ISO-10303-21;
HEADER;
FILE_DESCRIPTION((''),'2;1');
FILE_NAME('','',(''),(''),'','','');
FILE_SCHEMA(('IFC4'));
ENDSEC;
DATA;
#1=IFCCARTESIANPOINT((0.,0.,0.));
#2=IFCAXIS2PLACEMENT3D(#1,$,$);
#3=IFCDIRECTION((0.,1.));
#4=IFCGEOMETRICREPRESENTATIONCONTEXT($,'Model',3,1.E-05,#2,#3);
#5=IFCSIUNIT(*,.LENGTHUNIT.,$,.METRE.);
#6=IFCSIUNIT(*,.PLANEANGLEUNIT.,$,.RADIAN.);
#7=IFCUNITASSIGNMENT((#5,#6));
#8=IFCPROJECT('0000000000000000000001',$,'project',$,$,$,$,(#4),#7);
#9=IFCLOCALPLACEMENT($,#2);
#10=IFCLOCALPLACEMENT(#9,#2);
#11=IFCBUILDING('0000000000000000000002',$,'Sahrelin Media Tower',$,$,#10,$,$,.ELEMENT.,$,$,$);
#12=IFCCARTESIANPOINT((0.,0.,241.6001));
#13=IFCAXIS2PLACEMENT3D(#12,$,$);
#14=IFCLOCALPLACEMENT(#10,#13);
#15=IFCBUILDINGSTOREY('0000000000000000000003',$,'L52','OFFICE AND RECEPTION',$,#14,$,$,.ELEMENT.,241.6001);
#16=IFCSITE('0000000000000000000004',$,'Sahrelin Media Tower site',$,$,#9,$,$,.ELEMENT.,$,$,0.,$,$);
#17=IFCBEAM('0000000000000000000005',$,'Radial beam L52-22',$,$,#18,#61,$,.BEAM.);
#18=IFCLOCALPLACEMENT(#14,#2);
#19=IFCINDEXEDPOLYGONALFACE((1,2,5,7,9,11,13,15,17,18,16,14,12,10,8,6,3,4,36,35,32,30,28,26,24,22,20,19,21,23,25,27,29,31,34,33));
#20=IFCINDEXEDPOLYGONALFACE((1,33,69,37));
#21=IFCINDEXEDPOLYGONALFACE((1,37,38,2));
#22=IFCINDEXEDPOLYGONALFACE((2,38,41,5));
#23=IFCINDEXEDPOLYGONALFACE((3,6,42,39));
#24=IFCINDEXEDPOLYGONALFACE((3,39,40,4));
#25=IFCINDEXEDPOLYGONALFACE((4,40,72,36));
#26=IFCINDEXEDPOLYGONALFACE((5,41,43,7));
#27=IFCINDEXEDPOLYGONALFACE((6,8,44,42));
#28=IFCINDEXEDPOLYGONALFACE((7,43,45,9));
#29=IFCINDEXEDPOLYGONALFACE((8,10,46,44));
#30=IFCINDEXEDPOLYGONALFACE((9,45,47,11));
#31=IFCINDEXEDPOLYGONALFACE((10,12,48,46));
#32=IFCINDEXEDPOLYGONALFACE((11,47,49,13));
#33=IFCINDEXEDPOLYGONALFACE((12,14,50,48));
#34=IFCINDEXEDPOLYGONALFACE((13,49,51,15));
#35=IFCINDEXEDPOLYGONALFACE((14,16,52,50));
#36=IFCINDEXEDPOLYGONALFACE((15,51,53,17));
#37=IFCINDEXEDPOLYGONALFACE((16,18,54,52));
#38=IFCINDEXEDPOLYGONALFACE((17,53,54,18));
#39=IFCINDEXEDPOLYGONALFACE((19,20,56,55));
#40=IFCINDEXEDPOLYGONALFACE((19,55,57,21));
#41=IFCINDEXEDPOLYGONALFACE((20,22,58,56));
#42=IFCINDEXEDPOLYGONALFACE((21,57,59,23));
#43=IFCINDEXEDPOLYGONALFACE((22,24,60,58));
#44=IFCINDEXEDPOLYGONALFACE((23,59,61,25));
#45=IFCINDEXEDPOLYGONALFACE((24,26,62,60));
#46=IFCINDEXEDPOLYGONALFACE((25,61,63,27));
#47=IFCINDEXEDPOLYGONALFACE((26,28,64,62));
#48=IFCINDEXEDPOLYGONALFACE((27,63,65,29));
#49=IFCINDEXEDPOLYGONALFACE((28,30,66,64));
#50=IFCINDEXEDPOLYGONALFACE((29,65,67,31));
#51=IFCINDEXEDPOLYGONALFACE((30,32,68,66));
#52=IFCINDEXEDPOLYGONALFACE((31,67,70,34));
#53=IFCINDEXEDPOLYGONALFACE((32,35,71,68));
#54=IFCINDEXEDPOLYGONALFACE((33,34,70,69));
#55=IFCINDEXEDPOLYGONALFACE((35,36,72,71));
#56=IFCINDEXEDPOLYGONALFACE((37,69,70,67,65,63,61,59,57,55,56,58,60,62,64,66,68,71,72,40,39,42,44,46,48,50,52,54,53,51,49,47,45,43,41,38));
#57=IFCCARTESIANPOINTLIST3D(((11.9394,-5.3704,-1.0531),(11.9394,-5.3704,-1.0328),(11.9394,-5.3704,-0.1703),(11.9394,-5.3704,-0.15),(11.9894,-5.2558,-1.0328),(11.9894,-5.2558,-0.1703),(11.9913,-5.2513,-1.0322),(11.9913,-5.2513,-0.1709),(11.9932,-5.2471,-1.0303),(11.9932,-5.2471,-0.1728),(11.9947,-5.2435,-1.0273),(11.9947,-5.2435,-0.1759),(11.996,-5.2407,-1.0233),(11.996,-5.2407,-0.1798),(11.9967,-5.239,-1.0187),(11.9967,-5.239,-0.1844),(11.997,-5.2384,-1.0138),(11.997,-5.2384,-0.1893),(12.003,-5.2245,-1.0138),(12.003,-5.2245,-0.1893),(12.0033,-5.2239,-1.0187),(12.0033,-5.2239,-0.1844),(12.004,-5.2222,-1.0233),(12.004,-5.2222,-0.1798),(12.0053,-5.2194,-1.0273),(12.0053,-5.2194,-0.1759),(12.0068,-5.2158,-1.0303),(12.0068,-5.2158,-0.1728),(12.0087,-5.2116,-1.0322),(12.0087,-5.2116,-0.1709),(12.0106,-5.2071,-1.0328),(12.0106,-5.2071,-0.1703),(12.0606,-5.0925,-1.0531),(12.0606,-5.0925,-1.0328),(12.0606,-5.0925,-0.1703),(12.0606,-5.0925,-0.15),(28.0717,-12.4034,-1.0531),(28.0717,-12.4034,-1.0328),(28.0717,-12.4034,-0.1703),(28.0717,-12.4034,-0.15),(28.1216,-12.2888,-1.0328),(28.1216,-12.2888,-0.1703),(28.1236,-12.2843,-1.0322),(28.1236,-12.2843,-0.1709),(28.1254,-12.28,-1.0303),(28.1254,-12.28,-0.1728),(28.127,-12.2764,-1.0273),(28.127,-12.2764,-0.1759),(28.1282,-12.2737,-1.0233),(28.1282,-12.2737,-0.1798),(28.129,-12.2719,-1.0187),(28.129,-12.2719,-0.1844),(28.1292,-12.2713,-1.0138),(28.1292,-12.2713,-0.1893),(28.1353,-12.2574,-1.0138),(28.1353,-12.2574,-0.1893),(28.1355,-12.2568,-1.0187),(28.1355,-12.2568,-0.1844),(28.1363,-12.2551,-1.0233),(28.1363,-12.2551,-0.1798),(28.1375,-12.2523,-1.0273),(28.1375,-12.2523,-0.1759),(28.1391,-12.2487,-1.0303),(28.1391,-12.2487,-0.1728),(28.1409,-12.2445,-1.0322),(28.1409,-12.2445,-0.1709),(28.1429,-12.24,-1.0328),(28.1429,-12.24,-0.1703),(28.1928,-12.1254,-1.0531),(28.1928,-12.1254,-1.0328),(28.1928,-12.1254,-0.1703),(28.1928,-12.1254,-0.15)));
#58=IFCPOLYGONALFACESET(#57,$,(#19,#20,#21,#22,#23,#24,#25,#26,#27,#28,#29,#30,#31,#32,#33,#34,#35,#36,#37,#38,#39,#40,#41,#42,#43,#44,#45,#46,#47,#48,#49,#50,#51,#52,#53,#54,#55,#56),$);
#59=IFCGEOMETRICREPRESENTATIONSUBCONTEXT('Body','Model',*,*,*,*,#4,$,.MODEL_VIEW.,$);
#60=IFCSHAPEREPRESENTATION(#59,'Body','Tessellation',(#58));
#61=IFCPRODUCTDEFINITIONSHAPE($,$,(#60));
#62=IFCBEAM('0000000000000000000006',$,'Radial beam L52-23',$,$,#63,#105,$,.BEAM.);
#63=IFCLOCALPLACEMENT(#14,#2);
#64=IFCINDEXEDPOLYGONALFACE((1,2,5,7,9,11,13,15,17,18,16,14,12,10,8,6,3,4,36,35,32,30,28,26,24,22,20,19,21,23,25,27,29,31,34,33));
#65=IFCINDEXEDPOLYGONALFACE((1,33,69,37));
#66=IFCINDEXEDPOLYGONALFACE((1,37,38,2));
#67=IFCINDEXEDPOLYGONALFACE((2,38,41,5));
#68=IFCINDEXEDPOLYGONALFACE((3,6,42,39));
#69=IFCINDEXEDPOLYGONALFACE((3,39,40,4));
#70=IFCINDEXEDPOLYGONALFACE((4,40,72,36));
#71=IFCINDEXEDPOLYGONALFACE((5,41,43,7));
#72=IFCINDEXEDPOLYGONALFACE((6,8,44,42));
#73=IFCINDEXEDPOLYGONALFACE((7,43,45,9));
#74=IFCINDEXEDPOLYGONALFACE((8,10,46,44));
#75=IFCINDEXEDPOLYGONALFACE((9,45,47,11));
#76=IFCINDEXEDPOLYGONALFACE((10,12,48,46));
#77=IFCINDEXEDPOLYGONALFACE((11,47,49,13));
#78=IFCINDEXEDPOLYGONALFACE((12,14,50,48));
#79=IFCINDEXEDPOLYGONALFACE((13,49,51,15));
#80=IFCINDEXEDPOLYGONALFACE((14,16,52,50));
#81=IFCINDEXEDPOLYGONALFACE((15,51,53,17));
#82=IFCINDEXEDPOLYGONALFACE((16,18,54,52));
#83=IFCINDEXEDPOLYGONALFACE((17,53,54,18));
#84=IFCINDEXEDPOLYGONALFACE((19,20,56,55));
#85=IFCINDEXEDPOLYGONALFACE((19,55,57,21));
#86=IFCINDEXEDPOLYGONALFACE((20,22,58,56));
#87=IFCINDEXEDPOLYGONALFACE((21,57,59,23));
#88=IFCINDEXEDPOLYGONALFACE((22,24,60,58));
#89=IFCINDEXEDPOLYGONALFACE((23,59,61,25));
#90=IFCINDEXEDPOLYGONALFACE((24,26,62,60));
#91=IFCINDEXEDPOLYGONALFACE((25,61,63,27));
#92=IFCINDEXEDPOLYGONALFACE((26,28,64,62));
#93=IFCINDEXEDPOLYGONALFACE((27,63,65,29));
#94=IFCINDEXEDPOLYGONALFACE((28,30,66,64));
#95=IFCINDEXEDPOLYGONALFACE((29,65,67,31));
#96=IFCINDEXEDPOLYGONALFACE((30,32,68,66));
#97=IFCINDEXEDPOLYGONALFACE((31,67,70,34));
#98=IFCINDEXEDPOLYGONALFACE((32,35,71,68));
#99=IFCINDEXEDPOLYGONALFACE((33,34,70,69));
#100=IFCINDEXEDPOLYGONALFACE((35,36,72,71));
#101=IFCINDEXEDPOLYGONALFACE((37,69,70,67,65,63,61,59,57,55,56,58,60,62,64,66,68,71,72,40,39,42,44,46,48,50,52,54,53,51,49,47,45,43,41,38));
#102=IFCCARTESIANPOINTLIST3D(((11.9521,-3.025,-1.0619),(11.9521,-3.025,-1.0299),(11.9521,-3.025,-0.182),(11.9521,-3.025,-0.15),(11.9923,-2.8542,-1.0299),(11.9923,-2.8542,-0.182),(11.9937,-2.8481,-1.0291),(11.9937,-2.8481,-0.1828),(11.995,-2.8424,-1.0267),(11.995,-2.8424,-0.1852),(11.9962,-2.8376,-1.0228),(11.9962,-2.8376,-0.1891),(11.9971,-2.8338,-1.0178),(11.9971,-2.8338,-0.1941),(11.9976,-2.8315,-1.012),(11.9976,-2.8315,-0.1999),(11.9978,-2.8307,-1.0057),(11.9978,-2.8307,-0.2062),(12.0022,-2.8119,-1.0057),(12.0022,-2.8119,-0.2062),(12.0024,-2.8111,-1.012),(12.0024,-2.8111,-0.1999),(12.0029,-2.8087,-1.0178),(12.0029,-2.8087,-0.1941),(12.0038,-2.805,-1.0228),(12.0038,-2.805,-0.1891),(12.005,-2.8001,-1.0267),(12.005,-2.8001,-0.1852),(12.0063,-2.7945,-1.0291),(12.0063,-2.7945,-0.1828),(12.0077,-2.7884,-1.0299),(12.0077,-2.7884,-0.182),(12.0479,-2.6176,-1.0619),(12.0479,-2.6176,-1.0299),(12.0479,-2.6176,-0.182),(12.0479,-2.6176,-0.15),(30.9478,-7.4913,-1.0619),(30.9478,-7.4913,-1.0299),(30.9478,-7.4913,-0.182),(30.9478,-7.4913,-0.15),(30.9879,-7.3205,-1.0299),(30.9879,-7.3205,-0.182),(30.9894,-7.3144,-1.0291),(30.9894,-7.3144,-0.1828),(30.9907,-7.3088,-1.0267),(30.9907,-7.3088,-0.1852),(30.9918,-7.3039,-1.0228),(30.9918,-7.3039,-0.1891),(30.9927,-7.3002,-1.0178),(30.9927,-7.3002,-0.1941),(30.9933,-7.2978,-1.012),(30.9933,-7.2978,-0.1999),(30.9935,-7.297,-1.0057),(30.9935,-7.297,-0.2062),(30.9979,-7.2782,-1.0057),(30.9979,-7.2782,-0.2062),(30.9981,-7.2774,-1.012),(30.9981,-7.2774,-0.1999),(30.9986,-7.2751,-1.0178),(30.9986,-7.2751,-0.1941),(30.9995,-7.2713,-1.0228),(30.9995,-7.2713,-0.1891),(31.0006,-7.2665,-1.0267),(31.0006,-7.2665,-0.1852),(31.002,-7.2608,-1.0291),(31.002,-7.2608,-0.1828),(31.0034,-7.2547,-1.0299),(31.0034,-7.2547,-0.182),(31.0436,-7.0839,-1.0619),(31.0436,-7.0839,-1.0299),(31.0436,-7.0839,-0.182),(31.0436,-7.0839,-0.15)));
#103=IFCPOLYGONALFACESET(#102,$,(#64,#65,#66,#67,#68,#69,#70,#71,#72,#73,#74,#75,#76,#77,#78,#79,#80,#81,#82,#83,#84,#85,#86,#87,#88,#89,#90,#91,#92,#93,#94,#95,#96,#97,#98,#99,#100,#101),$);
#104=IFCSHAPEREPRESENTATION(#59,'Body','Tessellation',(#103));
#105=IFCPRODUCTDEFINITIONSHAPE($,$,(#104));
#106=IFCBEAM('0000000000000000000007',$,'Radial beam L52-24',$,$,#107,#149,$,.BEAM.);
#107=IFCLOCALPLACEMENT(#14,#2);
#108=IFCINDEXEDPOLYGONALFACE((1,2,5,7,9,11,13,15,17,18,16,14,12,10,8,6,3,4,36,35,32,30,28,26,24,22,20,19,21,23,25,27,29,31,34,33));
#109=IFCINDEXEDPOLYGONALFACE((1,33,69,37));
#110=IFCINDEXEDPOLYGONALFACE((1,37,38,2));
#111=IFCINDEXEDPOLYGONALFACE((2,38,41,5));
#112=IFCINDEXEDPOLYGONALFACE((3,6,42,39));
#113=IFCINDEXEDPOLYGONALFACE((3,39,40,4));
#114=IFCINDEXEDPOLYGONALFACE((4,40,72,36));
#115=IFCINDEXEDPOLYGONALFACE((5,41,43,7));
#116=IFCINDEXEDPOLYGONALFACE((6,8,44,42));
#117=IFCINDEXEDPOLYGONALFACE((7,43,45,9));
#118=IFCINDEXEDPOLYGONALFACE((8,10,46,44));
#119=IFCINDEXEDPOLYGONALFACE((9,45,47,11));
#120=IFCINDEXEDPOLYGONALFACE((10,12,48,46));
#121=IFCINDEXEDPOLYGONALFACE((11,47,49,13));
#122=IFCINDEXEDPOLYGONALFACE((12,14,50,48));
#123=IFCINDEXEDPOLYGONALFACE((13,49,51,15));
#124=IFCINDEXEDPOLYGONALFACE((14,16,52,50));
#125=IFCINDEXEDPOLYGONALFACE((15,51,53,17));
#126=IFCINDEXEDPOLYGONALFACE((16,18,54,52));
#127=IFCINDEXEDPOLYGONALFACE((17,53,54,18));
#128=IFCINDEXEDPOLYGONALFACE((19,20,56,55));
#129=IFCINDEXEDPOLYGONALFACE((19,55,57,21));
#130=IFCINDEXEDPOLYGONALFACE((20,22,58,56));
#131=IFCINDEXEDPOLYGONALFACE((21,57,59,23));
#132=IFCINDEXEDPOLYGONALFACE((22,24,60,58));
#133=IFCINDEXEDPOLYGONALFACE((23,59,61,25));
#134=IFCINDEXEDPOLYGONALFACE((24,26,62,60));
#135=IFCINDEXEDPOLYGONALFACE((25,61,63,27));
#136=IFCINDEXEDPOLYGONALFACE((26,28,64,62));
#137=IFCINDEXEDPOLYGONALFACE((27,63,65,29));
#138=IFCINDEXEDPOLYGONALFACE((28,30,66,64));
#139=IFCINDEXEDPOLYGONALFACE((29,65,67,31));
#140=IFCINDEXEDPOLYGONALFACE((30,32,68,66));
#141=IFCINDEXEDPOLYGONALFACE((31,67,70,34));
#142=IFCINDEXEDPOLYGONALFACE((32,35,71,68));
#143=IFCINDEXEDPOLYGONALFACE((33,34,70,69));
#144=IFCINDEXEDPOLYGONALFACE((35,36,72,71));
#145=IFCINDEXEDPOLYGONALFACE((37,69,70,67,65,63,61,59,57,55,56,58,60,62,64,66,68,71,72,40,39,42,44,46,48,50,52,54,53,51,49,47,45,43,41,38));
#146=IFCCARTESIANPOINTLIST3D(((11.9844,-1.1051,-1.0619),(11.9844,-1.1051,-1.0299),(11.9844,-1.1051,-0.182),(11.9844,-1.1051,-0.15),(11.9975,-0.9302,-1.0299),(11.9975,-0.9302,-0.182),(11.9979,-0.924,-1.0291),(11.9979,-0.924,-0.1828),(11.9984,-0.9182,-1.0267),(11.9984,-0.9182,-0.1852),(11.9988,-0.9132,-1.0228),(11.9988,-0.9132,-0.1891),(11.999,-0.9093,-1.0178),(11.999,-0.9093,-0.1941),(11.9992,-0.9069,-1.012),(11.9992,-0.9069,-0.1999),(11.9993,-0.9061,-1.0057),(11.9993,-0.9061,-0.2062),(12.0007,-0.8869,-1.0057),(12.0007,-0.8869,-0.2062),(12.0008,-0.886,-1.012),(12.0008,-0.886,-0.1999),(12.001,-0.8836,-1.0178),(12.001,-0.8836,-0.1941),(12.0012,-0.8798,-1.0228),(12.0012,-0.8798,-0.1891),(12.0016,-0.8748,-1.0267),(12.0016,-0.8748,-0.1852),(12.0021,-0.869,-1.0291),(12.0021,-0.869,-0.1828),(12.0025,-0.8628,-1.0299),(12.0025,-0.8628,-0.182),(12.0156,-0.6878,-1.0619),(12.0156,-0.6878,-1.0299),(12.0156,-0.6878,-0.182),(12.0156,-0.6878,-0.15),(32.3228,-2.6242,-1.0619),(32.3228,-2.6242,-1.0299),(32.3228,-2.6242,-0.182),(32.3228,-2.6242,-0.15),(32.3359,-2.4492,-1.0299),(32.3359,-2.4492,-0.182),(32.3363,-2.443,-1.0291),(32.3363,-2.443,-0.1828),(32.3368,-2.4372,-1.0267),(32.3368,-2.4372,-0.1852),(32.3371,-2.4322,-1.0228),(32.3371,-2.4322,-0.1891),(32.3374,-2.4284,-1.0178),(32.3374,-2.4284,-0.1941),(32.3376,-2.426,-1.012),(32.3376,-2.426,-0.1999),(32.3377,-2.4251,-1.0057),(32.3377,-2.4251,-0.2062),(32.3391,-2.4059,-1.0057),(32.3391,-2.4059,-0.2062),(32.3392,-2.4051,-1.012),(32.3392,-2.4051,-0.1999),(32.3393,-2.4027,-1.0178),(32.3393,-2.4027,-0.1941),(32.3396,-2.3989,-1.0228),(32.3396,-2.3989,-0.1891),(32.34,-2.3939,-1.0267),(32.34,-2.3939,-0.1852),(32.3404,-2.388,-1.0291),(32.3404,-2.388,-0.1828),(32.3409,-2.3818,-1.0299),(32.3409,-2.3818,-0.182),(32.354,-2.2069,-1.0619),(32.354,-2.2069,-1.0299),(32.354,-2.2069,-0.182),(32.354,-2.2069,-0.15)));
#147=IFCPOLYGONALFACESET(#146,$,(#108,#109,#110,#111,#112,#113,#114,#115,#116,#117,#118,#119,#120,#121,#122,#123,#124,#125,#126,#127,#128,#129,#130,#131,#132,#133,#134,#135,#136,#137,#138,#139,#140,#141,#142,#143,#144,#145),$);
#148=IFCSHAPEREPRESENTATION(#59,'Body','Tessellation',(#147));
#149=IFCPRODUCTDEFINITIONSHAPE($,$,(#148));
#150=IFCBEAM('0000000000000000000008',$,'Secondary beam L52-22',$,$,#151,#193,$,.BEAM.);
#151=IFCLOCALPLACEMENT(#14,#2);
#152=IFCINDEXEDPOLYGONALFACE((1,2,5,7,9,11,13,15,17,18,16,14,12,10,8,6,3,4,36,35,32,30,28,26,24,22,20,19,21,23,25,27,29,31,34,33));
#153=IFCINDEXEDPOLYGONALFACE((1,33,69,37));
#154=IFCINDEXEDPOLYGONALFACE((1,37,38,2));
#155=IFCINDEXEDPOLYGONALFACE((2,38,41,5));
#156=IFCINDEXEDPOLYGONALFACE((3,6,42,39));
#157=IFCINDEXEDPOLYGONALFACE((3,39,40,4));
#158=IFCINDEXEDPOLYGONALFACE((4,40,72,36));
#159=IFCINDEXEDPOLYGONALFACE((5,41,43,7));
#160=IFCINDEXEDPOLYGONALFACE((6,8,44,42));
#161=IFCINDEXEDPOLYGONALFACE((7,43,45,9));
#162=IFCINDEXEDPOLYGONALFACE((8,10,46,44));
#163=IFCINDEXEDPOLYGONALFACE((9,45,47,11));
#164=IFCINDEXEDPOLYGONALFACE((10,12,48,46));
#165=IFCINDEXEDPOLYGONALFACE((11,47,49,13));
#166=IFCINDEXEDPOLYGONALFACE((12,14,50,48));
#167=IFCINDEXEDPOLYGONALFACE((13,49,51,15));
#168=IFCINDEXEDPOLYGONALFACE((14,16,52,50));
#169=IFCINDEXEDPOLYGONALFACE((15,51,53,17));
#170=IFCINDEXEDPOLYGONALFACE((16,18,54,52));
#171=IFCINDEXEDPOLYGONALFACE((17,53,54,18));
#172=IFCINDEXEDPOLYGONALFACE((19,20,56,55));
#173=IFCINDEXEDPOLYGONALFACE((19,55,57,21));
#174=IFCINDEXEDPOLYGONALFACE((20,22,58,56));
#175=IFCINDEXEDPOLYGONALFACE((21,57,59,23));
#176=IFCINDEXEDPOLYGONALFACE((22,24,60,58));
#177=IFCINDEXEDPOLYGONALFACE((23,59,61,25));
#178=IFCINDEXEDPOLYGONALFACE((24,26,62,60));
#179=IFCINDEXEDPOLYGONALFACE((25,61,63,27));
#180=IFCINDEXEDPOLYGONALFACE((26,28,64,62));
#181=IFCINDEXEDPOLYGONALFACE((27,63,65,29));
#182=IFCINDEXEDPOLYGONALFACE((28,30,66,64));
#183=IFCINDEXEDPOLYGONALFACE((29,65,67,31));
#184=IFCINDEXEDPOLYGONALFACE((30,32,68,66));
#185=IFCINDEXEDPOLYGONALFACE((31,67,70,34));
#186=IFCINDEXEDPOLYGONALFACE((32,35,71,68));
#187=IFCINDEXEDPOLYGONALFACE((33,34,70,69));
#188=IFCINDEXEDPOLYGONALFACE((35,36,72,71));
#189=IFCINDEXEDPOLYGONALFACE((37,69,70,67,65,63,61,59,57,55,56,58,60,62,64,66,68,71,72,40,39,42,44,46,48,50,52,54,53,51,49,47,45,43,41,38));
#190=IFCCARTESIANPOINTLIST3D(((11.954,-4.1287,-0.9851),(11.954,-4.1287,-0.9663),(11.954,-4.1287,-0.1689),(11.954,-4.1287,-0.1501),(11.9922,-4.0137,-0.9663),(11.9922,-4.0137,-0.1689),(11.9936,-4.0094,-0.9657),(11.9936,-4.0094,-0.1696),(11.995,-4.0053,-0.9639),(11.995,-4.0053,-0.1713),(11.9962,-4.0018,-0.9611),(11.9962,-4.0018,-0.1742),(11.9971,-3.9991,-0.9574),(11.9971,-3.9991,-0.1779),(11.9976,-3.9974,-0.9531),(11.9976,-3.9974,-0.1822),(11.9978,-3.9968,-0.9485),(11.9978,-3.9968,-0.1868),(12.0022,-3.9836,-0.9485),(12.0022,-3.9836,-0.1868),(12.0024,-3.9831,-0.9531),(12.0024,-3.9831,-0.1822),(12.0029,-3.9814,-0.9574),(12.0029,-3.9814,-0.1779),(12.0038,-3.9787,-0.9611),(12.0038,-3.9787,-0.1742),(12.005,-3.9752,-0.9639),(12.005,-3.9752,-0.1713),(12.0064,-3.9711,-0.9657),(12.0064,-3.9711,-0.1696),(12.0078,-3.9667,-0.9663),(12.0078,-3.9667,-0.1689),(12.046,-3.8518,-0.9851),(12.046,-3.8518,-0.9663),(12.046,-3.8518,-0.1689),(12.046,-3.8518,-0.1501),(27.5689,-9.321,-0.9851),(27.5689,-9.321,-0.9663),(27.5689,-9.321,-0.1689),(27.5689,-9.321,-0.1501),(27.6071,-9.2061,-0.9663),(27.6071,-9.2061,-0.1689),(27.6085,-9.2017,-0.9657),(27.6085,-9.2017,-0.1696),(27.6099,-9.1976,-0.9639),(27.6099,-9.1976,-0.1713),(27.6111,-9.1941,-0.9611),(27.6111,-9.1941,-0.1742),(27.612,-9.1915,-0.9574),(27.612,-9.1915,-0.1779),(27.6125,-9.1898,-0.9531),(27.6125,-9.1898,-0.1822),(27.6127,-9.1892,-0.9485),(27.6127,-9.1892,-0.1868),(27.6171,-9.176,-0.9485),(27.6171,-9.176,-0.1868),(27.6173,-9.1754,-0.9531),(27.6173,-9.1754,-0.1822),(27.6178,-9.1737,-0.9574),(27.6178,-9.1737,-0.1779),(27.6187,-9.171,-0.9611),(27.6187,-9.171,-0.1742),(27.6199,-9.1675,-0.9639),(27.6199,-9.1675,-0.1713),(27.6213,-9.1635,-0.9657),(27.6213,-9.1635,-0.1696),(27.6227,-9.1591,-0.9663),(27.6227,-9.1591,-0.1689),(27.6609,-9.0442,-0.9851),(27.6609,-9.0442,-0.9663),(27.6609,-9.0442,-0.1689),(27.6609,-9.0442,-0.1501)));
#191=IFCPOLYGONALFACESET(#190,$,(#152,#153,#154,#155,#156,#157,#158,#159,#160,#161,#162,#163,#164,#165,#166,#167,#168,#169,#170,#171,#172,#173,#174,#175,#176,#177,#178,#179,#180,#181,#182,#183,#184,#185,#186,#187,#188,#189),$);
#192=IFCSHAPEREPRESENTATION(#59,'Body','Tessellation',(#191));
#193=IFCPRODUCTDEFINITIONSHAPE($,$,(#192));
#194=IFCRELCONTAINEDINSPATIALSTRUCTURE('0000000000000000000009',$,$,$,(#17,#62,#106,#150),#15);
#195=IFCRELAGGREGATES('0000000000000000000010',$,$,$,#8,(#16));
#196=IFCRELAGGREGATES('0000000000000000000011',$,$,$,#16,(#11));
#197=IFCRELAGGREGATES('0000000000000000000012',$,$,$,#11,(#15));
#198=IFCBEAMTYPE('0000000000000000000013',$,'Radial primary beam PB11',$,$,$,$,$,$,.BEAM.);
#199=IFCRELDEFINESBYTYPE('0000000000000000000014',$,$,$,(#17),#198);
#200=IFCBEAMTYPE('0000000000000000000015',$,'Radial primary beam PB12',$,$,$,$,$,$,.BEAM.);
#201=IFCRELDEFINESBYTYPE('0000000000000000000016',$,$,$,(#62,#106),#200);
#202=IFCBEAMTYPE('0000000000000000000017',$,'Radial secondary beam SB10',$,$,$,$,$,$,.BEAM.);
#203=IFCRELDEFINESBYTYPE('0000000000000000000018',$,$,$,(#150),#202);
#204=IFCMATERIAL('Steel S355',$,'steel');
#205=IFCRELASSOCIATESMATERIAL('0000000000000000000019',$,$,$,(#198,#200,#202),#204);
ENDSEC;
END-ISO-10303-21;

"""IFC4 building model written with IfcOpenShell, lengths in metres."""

from ifc_helpers import new_model, si_unit, direction, frame, origin, origin_2d, place, context, subcontext, project, spatial, i_section, extrude, material, material_profile, profile_set, type_object, element, save


model = new_model("IFC4")

# Units and contexts
model_context = context("Model", 3, precision=1e-05, world=origin(), true_north=direction((0.0, 1.0)))
body_context = subcontext(model_context, "Body", "Model", "MODEL_VIEW")
ifc_project = project(units=[si_unit("LENGTHUNIT", "METRE"), si_unit("PLANEANGLEUNIT", "RADIAN")], contexts=[model_context])

# Site, building, storey
site_placement = place(None, origin())
site = spatial("IfcSite", under=ifc_project, at=site_placement, Name="Sahrelin Media Tower site", CompositionType="ELEMENT", RefElevation=0.0)
building_placement = place(site_placement, origin())
building = spatial("IfcBuilding", under=site, at=building_placement, Name="Sahrelin Media Tower", CompositionType="ELEMENT")
storey_placement = place(building_placement, frame((0.0, 0.0, 241.6001)))
storey = spatial("IfcBuildingStorey", under=building, at=storey_placement, Name="L52", Description="OFFICE AND RECEPTION", CompositionType="ELEMENT", Elevation=241.6001)

# Beams
ifc_material_1 = material(Name="Steel S355", Category="steel")
ifc_material_profile_1 = material_profile(ifc_material_1, i_section(OverallWidth=0.3032, OverallDepth=0.9031, WebThickness=0.0151, FlangeThickness=0.0203, FilletRadius=0.019, at=origin_2d()), Name="UB 914x305x201")
ifc_profile_set_1 = profile_set([ifc_material_profile_1], Name="Steel S355")
beam_type_1 = type_object("IfcBeamType", Name="Radial primary beam PB11", PredefinedType="BEAM", material=ifc_profile_set_1)
beam_1_placement = place(storey_placement, frame((12.0, -5.2314, -0.6016), z_axis=(0.916677, -0.399629, 0.0), x_axis=(0.399629, 0.916677, 0.0)))
element("IfcBeam", 1, at=beam_1_placement, inside=storey, type_object=beam_type_1, Name="Radial beam L52-22", PredefinedType="BEAM", context=body_context, shape_type="SweptSolid", body=[
    extrude(i_section(OverallWidth=0.3032, OverallDepth=0.9031, WebThickness=0.0151, FlangeThickness=0.0203, FilletRadius=0.019, at=origin_2d()), origin(), (0.0, 0.0, 1.0), 17.5986),
])
ifc_material_profile_2 = material_profile(ifc_material_1, i_section(OverallWidth=0.4185, OverallDepth=0.9119, WebThickness=0.0193, FlangeThickness=0.032, FilletRadius=0.0242, at=origin_2d()), Name="UB 914x419x343")
ifc_profile_set_2 = profile_set([ifc_material_profile_2], Name="Steel S355")
beam_type_2 = type_object("IfcBeamType", Name="Radial primary beam PB12", PredefinedType="BEAM", material=ifc_profile_set_2)
beam_2_placement = place(storey_placement, frame((12.0, -2.8213, -0.606), z_axis=(0.973454, -0.228882, 0.0), x_axis=(0.228882, 0.973454, 0.0)))
element("IfcBeam", 2, at=beam_2_placement, inside=storey, type_object=beam_type_2, Name="Radial beam L52-23", PredefinedType="BEAM", context=body_context, shape_type="SweptSolid", body=[
    extrude(i_section(OverallWidth=0.4185, OverallDepth=0.9119, WebThickness=0.0193, FlangeThickness=0.032, FilletRadius=0.0242, at=origin_2d()), origin(), (0.0, 0.0, 1.0), 19.5137),
])
beam_3_placement = place(storey_placement, frame((12.0, -0.8965, -0.606), z_axis=(0.997222, -0.074481, 0.0), x_axis=(0.074481, 0.997222, 0.0)))
element("IfcBeam", 3, at=beam_3_placement, inside=storey, type_object=beam_type_2, Name="Radial beam L52-24", PredefinedType="BEAM", context=body_context, shape_type="SweptSolid", body=[
    extrude(i_section(OverallWidth=0.4185, OverallDepth=0.9119, WebThickness=0.0193, FlangeThickness=0.032, FilletRadius=0.0242, at=origin_2d()), origin(), (0.0, 0.0, 1.0), 20.395),
])
ifc_material_profile_3 = material_profile(ifc_material_1, i_section(OverallWidth=0.2917, OverallDepth=0.835, WebThickness=0.0139, FlangeThickness=0.0188, FilletRadius=0.0178, at=origin_2d()), Name="UB 838x292x176")
ifc_profile_set_3 = profile_set([ifc_material_profile_3], Name="Steel S355")
beam_type_3 = type_object("IfcBeamType", Name="Radial secondary beam SB10", PredefinedType="BEAM", material=ifc_profile_set_3)
beam_4_placement = place(storey_placement, frame((12.0, -3.9902, -0.5676), z_axis=(0.948913, -0.315538, 0.0), x_axis=(0.315538, 0.948913, 0.0)))
element("IfcBeam", 4, at=beam_4_placement, inside=storey, type_object=beam_type_3, Name="Secondary beam L52-22", PredefinedType="BEAM", context=body_context, shape_type="SweptSolid", body=[
    extrude(i_section(OverallWidth=0.2917, OverallDepth=0.835, WebThickness=0.0139, FlangeThickness=0.0188, FilletRadius=0.0178, at=origin_2d()), origin(), (0.0, 0.0, 1.0), 16.4556),
])

save(model, "model.ifc")
